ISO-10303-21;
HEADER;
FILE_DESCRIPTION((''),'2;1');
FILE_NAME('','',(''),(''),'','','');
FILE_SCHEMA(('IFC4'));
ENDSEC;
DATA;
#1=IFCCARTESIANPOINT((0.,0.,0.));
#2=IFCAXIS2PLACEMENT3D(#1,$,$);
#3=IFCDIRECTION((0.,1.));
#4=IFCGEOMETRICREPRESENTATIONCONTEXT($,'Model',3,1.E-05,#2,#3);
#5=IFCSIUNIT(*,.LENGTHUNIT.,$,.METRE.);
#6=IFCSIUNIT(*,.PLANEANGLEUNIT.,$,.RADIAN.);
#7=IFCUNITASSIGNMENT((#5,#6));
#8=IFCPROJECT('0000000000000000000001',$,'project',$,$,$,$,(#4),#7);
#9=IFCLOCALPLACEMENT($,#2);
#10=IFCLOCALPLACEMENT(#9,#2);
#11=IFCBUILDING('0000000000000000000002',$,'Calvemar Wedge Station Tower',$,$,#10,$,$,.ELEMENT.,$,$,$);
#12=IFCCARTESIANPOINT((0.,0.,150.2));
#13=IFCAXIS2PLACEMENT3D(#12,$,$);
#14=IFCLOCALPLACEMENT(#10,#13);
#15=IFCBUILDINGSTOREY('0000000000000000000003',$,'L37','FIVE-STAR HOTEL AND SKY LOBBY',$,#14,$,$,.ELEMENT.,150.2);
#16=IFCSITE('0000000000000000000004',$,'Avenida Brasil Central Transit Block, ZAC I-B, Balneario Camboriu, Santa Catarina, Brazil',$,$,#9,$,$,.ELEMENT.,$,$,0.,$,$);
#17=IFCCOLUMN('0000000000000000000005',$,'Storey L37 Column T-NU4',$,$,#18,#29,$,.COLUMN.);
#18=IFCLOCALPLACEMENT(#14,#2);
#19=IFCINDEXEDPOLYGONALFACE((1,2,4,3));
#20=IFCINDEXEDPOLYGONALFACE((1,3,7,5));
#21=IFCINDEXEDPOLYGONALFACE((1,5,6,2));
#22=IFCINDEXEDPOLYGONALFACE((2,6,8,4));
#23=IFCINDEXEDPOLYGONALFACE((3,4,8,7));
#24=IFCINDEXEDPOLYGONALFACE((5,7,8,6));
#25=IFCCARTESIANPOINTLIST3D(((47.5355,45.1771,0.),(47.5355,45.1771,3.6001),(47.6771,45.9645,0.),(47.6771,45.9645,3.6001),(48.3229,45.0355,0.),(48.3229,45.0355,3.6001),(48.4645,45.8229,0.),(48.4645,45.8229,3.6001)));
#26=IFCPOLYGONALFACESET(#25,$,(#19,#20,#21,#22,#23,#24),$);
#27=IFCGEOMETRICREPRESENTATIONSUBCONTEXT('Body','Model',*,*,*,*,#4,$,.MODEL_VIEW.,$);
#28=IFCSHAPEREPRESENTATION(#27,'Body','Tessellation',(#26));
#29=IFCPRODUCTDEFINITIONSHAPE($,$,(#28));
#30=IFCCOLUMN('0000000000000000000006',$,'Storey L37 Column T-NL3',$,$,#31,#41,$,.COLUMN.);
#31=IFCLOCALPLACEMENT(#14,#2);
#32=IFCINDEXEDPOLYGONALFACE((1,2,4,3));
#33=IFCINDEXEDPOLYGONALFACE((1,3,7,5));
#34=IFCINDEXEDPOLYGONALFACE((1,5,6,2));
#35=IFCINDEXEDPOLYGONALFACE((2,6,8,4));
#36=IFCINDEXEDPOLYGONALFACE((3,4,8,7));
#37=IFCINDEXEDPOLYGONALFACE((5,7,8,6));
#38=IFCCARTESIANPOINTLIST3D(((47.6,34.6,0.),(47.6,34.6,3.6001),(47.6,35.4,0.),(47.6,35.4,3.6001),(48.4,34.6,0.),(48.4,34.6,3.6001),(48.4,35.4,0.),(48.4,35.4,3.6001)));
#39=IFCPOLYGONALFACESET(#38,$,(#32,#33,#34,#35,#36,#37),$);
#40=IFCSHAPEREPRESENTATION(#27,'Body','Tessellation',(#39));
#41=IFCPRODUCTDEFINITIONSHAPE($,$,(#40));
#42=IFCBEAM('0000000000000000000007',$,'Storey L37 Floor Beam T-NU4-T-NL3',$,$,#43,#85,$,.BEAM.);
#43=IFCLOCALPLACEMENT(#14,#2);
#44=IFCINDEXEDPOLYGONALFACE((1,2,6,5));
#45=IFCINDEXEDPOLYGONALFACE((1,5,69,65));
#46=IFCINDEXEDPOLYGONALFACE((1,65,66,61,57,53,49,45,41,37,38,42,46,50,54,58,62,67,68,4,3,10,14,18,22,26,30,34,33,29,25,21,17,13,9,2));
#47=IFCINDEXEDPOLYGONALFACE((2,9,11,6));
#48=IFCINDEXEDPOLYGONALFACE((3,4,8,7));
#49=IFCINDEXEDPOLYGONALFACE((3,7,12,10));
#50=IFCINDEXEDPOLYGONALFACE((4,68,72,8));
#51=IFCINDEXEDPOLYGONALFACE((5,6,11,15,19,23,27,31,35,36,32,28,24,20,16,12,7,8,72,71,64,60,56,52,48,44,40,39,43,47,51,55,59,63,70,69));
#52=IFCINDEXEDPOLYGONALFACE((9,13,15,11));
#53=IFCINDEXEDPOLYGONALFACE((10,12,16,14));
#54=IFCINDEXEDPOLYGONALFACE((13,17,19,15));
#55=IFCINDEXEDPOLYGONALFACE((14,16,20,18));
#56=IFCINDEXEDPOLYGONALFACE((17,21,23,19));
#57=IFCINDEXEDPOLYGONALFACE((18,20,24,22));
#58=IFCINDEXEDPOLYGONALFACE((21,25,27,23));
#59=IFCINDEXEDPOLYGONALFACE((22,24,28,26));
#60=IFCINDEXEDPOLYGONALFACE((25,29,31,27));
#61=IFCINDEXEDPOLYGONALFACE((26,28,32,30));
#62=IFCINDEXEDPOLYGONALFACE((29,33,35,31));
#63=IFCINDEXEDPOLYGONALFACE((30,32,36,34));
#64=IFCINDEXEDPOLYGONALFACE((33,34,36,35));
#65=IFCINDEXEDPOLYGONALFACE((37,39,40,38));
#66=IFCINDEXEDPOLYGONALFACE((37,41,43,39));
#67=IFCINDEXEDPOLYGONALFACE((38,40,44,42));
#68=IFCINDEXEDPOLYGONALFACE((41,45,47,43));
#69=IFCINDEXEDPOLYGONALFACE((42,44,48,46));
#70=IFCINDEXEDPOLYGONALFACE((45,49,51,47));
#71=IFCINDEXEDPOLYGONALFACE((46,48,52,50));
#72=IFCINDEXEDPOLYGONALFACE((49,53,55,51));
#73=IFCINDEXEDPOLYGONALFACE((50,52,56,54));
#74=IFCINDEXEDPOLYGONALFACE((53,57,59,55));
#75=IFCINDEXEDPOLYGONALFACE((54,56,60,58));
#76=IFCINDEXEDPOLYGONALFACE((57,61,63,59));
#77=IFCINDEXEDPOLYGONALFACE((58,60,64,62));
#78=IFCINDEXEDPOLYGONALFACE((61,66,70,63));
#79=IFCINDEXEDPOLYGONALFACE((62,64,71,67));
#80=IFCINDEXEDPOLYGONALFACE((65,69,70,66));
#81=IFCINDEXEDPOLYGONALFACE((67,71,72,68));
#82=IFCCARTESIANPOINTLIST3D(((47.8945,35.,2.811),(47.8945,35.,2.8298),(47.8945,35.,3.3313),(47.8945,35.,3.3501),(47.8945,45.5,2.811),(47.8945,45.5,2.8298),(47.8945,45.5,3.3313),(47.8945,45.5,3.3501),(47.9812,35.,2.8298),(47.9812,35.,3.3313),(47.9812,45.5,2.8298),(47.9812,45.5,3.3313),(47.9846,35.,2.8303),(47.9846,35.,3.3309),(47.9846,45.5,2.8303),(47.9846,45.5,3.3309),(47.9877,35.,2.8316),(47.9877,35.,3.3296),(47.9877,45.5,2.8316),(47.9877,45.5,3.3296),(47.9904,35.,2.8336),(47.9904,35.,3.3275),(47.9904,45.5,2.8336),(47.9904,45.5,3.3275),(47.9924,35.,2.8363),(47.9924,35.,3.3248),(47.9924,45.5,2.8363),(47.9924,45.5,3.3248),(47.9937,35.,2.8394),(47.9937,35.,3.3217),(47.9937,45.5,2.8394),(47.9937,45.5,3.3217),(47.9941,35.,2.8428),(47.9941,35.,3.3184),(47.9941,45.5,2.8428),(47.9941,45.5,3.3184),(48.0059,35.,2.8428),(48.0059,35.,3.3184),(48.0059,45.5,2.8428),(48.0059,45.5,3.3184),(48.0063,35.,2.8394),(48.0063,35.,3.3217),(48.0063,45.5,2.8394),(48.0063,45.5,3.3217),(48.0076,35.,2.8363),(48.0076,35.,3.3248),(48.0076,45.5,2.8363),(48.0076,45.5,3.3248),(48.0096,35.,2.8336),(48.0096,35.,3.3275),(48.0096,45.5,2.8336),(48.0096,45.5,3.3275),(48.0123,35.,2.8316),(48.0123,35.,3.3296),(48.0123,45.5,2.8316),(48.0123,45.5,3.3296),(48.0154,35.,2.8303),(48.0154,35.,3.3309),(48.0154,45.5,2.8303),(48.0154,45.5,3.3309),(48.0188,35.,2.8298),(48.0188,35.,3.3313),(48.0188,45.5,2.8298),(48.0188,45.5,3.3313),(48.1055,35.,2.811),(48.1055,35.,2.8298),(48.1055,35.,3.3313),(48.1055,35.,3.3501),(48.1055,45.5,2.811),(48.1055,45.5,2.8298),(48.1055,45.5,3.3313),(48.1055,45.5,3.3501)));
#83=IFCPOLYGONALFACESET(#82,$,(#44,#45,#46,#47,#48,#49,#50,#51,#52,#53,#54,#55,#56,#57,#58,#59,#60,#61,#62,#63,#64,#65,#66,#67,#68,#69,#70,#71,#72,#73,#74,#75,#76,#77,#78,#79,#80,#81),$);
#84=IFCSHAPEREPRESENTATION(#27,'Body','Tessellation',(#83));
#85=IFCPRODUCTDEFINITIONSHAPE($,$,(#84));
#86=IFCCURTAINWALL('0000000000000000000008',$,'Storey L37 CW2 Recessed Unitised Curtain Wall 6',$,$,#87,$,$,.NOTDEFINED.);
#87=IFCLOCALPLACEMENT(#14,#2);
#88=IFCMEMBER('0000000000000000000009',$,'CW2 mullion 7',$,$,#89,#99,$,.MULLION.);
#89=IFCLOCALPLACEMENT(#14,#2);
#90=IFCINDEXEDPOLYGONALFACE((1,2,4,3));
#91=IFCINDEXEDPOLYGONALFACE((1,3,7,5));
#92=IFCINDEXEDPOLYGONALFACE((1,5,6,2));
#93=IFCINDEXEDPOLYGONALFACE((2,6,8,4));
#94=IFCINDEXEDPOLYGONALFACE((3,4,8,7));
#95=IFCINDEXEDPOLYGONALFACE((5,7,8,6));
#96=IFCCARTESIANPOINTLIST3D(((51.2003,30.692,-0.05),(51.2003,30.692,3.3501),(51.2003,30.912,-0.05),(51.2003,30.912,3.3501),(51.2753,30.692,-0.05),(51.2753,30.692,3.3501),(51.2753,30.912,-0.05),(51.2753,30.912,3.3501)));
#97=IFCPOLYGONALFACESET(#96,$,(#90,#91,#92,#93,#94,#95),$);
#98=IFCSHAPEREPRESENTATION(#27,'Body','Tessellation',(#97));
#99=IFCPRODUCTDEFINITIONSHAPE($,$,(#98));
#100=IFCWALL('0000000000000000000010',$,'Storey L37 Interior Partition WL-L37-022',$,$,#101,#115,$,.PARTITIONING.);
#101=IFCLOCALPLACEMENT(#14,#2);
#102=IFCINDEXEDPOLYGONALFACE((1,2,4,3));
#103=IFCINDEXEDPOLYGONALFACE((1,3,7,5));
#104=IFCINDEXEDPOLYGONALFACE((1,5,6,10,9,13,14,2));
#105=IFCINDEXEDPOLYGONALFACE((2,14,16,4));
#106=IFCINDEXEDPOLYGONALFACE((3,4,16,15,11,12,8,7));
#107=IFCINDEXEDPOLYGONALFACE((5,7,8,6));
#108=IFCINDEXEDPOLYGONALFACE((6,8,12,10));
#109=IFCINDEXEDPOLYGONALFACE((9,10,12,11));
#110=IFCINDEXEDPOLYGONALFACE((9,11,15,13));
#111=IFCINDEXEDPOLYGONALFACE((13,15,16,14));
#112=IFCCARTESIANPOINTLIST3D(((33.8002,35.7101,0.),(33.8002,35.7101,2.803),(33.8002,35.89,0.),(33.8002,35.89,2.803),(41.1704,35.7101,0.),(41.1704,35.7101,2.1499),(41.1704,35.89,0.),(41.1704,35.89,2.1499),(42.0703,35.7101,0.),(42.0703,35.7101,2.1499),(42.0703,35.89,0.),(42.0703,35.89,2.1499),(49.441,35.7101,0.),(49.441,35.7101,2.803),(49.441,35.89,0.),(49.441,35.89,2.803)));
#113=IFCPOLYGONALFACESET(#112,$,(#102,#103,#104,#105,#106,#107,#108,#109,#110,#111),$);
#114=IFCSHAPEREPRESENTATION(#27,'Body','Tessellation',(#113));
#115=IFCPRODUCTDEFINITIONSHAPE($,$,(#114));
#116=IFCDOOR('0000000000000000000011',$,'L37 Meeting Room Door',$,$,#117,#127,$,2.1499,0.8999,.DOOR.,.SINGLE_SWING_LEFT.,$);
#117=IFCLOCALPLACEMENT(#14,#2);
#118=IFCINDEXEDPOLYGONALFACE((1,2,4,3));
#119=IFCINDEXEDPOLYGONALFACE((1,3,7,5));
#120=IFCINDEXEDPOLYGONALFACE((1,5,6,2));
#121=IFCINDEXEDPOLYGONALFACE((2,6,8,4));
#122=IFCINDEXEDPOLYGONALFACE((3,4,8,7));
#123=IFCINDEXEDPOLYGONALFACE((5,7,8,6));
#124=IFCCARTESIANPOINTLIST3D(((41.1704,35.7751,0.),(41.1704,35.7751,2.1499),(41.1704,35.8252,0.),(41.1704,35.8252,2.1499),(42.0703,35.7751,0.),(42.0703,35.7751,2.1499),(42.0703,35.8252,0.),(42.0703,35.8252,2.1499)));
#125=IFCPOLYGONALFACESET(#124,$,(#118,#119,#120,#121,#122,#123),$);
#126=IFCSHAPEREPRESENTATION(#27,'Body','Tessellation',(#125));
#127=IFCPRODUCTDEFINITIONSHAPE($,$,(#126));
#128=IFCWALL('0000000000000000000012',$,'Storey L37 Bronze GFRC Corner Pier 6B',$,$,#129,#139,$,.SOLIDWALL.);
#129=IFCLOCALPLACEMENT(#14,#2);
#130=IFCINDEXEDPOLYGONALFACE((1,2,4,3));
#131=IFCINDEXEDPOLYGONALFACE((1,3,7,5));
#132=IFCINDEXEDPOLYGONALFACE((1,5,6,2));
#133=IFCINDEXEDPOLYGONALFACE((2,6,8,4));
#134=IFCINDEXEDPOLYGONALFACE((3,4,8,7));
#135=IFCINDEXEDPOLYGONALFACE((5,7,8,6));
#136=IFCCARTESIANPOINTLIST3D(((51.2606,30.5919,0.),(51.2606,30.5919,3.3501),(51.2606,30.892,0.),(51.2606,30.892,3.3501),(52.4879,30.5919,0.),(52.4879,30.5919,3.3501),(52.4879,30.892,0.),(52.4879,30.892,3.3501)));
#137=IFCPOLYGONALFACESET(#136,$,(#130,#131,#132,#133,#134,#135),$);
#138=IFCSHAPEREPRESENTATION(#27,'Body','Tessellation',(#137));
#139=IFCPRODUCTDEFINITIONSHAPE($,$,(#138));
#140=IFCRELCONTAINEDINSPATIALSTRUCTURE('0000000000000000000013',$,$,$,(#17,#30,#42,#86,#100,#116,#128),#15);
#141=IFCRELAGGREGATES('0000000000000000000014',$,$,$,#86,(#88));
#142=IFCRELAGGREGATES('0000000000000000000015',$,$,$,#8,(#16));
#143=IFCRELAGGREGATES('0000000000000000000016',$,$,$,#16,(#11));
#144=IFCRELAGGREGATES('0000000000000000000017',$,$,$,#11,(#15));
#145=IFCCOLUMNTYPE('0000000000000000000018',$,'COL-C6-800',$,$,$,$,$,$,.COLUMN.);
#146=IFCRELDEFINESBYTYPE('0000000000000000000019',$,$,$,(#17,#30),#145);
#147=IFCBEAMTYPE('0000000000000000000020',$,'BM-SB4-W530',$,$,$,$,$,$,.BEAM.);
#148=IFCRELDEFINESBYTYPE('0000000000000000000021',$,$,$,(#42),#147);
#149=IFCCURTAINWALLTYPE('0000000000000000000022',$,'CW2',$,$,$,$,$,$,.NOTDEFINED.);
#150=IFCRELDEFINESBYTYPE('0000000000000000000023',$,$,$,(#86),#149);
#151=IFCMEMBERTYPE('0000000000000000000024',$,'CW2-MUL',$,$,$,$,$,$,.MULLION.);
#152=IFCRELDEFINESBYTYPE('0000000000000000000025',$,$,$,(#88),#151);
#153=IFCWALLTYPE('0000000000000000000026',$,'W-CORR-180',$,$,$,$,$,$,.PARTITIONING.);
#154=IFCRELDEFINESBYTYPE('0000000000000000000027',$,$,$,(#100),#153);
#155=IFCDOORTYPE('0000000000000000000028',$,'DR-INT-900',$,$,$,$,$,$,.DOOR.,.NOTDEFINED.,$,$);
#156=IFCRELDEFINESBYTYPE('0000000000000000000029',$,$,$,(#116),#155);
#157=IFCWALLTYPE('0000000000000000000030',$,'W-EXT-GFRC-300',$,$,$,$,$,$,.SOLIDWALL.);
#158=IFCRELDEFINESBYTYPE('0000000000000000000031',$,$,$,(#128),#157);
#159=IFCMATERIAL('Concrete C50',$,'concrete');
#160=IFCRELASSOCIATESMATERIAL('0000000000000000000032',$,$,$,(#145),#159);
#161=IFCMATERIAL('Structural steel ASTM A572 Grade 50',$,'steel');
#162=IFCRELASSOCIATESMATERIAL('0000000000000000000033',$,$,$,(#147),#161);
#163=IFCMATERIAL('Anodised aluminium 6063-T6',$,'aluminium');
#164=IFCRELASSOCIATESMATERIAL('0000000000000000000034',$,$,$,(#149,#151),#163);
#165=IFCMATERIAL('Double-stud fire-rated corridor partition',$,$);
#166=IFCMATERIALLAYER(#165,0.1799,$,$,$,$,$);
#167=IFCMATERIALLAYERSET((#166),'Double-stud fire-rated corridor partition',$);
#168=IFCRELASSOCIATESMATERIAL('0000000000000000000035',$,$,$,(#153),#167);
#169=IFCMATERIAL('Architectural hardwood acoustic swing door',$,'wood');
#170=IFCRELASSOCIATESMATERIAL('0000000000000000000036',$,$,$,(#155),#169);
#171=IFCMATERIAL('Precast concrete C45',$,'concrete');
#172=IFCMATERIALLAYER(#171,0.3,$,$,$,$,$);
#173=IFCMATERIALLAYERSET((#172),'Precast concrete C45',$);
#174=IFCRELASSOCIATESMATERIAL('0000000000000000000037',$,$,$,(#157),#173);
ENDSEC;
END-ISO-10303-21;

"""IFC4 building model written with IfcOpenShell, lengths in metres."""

from ifc_helpers import new_model, si_unit, direction, frame, frame_2d, origin, origin_2d, place, context, subcontext, project, spatial, rectangle, i_section, extrude, source, transform, mapped, material, layer, layer_set, material_profile, profile_set, type_object, element, fill, aggregate, save


model = new_model("IFC4")

# Units and contexts
model_context = context("Model", 3, precision=1e-05, world=origin(), true_north=direction((0.0, 1.0)))
body_context = subcontext(model_context, "Body", "Model", "MODEL_VIEW")
ifc_project = project(units=[si_unit("LENGTHUNIT", "METRE"), si_unit("PLANEANGLEUNIT", "RADIAN")], contexts=[model_context])

# Site, building, storey
site_placement = place(None, origin())
site = spatial("IfcSite", under=ifc_project, at=site_placement, Name="Avenida Brasil Central Transit Block, ZAC I-B, Balneario Camboriu, Santa Catarina, Brazil", CompositionType="ELEMENT", RefElevation=0.0)
building_placement = place(site_placement, origin())
building = spatial("IfcBuilding", under=site, at=building_placement, Name="Calvemar Wedge Station Tower", CompositionType="ELEMENT")
storey_placement = place(building_placement, frame((0.0, 0.0, 150.2)))
storey = spatial("IfcBuildingStorey", under=building, at=storey_placement, Name="L37", Description="FIVE-STAR HOTEL AND SKY LOBBY", CompositionType="ELEMENT", Elevation=150.2)

# Columns
ifc_material_1 = material(Name="Concrete C50", Category="concrete")
ifc_material_profile_1 = material_profile(ifc_material_1, rectangle(XDim=0.8, YDim=0.8, at=origin_2d()), Name="RC800x800")
ifc_profile_set_1 = profile_set([ifc_material_profile_1], Name="Concrete C50")
column_type = type_object("IfcColumnType", Name="COL-C6-800", PredefinedType="COLUMN", material=ifc_profile_set_1)
shared_shape_1 = source(origin(), body_context, "Body", "SweptSolid", [
    extrude(rectangle(XDim=0.8, YDim=0.8, at=origin_2d()), origin(), (0.0, 0.0, 1.0), 3.6001),
])
for number, where, z_axis, x_axis, name in (
    (1, (48.0, 45.5, 0.0), (0.0, 0.0, 1.0), (0.984196, -0.177085, 0.0), "Storey L37 Column T-NU4"),
    (2, (48.0, 35.0, 0.0), (0.0, 0.0, 1.0), (1.0, 0.0, 0.0), "Storey L37 Column T-NL3"),
):
    element("IfcColumn", number, at=place(storey_placement, frame(where, z_axis=z_axis, x_axis=x_axis)), inside=storey, type_object=column_type, Name=name, PredefinedType="COLUMN", context=body_context, shape_type="MappedRepresentation", body=[
        mapped(shared_shape_1, transform((0.0, 0.0, 0.0), scale=1.0)),
    ])

# Beam
ifc_material_2 = material(Name="Structural steel ASTM A572 Grade 50", Category="steel")
ifc_material_profile_2 = material_profile(ifc_material_2, i_section(OverallWidth=0.2109, OverallDepth=0.5391, WebThickness=0.0117, FlangeThickness=0.0188, FilletRadius=0.0129, at=origin_2d()), Name="W530x109")
ifc_profile_set_2 = profile_set([ifc_material_profile_2], Name="Structural steel ASTM A572 Grade 50")
beam_type = type_object("IfcBeamType", Name="BM-SB4-W530", PredefinedType="BEAM", material=ifc_profile_set_2)
shared_shape_2 = source(origin(), body_context, "Body", "SweptSolid", [
    extrude(i_section(OverallWidth=0.2109, OverallDepth=0.5391, WebThickness=0.0117, FlangeThickness=0.0188, FilletRadius=0.0129, at=origin_2d()), origin(), (0.0, 0.0, 1.0), 10.5),
])
beam_placement = place(storey_placement, frame((48.0, 45.5, 3.0806), z_axis=(0.0, -1.0, 0.0), x_axis=(1.0, 0.0, 0.0)))
element("IfcBeam", 3, at=beam_placement, inside=storey, type_object=beam_type, Name="Storey L37 Floor Beam T-NU4-T-NL3", PredefinedType="BEAM", context=body_context, shape_type="MappedRepresentation", body=[
    mapped(shared_shape_2, transform((0.0, 0.0, 0.0), scale=1.0)),
])

# Curtain wall, member
ifc_material_3 = material(Name="Anodised aluminium 6063-T6", Category="aluminium")
curtain_wall_type = type_object("IfcCurtainWallType", Name="CW2", PredefinedType="NOTDEFINED", material=ifc_material_3)
curtain_wall_placement = place(storey_placement, origin())
curtain_wall = element("IfcCurtainWall", 4, at=curtain_wall_placement, inside=storey, type_object=curtain_wall_type, Name="Storey L37 CW2 Recessed Unitised Curtain Wall 6", PredefinedType="NOTDEFINED")
ifc_material_profile_3 = material_profile(ifc_material_3, rectangle(XDim=0.075, YDim=0.22, at=origin_2d()), Name="AL-MUL-75x220")
ifc_profile_set_3 = profile_set([ifc_material_profile_3], Name="Anodised aluminium 6063-T6")
member_type = type_object("IfcMemberType", Name="CW2-MUL", PredefinedType="MULLION", material=ifc_profile_set_3)
shared_shape_3 = source(origin(), body_context, "Body", "SweptSolid", [
    extrude(rectangle(XDim=0.075, YDim=0.22, at=origin_2d()), origin(), (0.0, 0.0, 1.0), 3.4001),
])
member_placement = place(storey_placement, frame((51.2378, 30.802, -0.05), z_axis=(0.0, 0.0, 1.0), x_axis=(1.0, 0.0, 0.0)))
member = element("IfcMember", 5, at=member_placement, type_object=member_type, Name="CW2 mullion 7", PredefinedType="MULLION", context=body_context, shape_type="MappedRepresentation", body=[
    mapped(shared_shape_3, transform((0.0, 0.0, 0.0), scale=1.0)),
])
aggregate(curtain_wall, [member])

# Wall, opening, door
ifc_material_4 = material(Name="Double-stud fire-rated corridor partition")
ifc_layer_1 = layer(ifc_material_4, 0.1799)
ifc_layer_set_1 = layer_set([ifc_layer_1], Name="Double-stud fire-rated corridor partition")
wall_type_1 = type_object("IfcWallType", Name="W-CORR-180", PredefinedType="PARTITIONING", material=ifc_layer_set_1)
shared_shape_4 = source(origin(), body_context, "Body", "SweptSolid", [
    extrude(rectangle(XDim=0.8999, YDim=2.1499, at=frame_2d((0.45, 1.075))), frame((0.0, 0.1001, 0.0), z_axis=(0.0, -1.0, 0.0), x_axis=(1.0, 0.0, 0.0)), (0.0, 0.0, 1.0), 0.2),
])
wall_1_placement = place(storey_placement, frame((49.4409, 35.8, 0.0), z_axis=(0.0, 0.0, 1.0), x_axis=(-1.0, 0.0, 0.0)))
wall_1 = element("IfcWall", 6, at=wall_1_placement, inside=storey, type_object=wall_type_1, Name="Storey L37 Interior Partition WL-L37-022", PredefinedType="PARTITIONING", context=body_context, shape_type="SweptSolid", body=[
    extrude(rectangle(XDim=15.6409, YDim=0.1799, at=frame_2d((7.8203, 0.0))), origin(), (0.0, 0.0, 1.0), 2.803),
])
opening_1_placement = place(wall_1_placement, frame((7.3706, 0.0, 0.0)))
opening_1 = element("IfcOpeningElement", 7, at=opening_1_placement, cuts=wall_1, PredefinedType="OPENING", context=body_context, shape_type="MappedRepresentation", body=[
    mapped(shared_shape_4, transform((0.0, 0.0, 0.0), scale=1.0)),
])
ifc_material_5 = material(Name="Architectural hardwood acoustic swing door", Category="wood")
door_type_1 = type_object("IfcDoorType", Name="DR-INT-900", OperationType="NOTDEFINED", PredefinedType="DOOR", material=ifc_material_5)
shared_shape_5 = source(origin(), body_context, "Body", "SweptSolid", [
    extrude(rectangle(XDim=0.8999, YDim=2.1499, at=frame_2d((0.45, 1.075))), frame((0.0, 0.0249, 0.0), z_axis=(0.0, -1.0, 0.0), x_axis=(1.0, 0.0, 0.0)), (0.0, 0.0, 1.0), 0.05),
])
door_1_placement = place(opening_1_placement, origin())
door_1 = element("IfcDoor", 8, at=door_1_placement, inside=storey, type_object=door_type_1, Name="L37 Meeting Room Door", OperationType="SINGLE_SWING_LEFT", OverallHeight=2.1499, OverallWidth=0.8999, PredefinedType="DOOR", context=body_context, shape_type="MappedRepresentation", body=[
    mapped(shared_shape_5, transform((0.0, 0.0, 0.0), scale=1.0)),
])
fill(opening_1, door_1)

# Wall
ifc_material_6 = material(Name="Precast concrete C45", Category="concrete")
ifc_layer_2 = layer(ifc_material_6, 0.3)
ifc_layer_set_2 = layer_set([ifc_layer_2], Name="Precast concrete C45")
wall_type_2 = type_object("IfcWallType", Name="W-EXT-GFRC-300", PredefinedType="SOLIDWALL", material=ifc_layer_set_2)
wall_2_placement = place(storey_placement, frame((51.2605, 30.7419, 0.0), z_axis=(0.0, 0.0, 1.0), x_axis=(1.0, 0.0, 0.0)))
element("IfcWall", 9, at=wall_2_placement, inside=storey, type_object=wall_type_2, Name="Storey L37 Bronze GFRC Corner Pier 6B", PredefinedType="SOLIDWALL", context=body_context, shape_type="SweptSolid", body=[
    extrude(rectangle(XDim=1.2273, YDim=0.3, at=frame_2d((0.6138, 0.0))), origin(), (0.0, 0.0, 1.0), 3.3501),
])

save(model, "model.ifc")
